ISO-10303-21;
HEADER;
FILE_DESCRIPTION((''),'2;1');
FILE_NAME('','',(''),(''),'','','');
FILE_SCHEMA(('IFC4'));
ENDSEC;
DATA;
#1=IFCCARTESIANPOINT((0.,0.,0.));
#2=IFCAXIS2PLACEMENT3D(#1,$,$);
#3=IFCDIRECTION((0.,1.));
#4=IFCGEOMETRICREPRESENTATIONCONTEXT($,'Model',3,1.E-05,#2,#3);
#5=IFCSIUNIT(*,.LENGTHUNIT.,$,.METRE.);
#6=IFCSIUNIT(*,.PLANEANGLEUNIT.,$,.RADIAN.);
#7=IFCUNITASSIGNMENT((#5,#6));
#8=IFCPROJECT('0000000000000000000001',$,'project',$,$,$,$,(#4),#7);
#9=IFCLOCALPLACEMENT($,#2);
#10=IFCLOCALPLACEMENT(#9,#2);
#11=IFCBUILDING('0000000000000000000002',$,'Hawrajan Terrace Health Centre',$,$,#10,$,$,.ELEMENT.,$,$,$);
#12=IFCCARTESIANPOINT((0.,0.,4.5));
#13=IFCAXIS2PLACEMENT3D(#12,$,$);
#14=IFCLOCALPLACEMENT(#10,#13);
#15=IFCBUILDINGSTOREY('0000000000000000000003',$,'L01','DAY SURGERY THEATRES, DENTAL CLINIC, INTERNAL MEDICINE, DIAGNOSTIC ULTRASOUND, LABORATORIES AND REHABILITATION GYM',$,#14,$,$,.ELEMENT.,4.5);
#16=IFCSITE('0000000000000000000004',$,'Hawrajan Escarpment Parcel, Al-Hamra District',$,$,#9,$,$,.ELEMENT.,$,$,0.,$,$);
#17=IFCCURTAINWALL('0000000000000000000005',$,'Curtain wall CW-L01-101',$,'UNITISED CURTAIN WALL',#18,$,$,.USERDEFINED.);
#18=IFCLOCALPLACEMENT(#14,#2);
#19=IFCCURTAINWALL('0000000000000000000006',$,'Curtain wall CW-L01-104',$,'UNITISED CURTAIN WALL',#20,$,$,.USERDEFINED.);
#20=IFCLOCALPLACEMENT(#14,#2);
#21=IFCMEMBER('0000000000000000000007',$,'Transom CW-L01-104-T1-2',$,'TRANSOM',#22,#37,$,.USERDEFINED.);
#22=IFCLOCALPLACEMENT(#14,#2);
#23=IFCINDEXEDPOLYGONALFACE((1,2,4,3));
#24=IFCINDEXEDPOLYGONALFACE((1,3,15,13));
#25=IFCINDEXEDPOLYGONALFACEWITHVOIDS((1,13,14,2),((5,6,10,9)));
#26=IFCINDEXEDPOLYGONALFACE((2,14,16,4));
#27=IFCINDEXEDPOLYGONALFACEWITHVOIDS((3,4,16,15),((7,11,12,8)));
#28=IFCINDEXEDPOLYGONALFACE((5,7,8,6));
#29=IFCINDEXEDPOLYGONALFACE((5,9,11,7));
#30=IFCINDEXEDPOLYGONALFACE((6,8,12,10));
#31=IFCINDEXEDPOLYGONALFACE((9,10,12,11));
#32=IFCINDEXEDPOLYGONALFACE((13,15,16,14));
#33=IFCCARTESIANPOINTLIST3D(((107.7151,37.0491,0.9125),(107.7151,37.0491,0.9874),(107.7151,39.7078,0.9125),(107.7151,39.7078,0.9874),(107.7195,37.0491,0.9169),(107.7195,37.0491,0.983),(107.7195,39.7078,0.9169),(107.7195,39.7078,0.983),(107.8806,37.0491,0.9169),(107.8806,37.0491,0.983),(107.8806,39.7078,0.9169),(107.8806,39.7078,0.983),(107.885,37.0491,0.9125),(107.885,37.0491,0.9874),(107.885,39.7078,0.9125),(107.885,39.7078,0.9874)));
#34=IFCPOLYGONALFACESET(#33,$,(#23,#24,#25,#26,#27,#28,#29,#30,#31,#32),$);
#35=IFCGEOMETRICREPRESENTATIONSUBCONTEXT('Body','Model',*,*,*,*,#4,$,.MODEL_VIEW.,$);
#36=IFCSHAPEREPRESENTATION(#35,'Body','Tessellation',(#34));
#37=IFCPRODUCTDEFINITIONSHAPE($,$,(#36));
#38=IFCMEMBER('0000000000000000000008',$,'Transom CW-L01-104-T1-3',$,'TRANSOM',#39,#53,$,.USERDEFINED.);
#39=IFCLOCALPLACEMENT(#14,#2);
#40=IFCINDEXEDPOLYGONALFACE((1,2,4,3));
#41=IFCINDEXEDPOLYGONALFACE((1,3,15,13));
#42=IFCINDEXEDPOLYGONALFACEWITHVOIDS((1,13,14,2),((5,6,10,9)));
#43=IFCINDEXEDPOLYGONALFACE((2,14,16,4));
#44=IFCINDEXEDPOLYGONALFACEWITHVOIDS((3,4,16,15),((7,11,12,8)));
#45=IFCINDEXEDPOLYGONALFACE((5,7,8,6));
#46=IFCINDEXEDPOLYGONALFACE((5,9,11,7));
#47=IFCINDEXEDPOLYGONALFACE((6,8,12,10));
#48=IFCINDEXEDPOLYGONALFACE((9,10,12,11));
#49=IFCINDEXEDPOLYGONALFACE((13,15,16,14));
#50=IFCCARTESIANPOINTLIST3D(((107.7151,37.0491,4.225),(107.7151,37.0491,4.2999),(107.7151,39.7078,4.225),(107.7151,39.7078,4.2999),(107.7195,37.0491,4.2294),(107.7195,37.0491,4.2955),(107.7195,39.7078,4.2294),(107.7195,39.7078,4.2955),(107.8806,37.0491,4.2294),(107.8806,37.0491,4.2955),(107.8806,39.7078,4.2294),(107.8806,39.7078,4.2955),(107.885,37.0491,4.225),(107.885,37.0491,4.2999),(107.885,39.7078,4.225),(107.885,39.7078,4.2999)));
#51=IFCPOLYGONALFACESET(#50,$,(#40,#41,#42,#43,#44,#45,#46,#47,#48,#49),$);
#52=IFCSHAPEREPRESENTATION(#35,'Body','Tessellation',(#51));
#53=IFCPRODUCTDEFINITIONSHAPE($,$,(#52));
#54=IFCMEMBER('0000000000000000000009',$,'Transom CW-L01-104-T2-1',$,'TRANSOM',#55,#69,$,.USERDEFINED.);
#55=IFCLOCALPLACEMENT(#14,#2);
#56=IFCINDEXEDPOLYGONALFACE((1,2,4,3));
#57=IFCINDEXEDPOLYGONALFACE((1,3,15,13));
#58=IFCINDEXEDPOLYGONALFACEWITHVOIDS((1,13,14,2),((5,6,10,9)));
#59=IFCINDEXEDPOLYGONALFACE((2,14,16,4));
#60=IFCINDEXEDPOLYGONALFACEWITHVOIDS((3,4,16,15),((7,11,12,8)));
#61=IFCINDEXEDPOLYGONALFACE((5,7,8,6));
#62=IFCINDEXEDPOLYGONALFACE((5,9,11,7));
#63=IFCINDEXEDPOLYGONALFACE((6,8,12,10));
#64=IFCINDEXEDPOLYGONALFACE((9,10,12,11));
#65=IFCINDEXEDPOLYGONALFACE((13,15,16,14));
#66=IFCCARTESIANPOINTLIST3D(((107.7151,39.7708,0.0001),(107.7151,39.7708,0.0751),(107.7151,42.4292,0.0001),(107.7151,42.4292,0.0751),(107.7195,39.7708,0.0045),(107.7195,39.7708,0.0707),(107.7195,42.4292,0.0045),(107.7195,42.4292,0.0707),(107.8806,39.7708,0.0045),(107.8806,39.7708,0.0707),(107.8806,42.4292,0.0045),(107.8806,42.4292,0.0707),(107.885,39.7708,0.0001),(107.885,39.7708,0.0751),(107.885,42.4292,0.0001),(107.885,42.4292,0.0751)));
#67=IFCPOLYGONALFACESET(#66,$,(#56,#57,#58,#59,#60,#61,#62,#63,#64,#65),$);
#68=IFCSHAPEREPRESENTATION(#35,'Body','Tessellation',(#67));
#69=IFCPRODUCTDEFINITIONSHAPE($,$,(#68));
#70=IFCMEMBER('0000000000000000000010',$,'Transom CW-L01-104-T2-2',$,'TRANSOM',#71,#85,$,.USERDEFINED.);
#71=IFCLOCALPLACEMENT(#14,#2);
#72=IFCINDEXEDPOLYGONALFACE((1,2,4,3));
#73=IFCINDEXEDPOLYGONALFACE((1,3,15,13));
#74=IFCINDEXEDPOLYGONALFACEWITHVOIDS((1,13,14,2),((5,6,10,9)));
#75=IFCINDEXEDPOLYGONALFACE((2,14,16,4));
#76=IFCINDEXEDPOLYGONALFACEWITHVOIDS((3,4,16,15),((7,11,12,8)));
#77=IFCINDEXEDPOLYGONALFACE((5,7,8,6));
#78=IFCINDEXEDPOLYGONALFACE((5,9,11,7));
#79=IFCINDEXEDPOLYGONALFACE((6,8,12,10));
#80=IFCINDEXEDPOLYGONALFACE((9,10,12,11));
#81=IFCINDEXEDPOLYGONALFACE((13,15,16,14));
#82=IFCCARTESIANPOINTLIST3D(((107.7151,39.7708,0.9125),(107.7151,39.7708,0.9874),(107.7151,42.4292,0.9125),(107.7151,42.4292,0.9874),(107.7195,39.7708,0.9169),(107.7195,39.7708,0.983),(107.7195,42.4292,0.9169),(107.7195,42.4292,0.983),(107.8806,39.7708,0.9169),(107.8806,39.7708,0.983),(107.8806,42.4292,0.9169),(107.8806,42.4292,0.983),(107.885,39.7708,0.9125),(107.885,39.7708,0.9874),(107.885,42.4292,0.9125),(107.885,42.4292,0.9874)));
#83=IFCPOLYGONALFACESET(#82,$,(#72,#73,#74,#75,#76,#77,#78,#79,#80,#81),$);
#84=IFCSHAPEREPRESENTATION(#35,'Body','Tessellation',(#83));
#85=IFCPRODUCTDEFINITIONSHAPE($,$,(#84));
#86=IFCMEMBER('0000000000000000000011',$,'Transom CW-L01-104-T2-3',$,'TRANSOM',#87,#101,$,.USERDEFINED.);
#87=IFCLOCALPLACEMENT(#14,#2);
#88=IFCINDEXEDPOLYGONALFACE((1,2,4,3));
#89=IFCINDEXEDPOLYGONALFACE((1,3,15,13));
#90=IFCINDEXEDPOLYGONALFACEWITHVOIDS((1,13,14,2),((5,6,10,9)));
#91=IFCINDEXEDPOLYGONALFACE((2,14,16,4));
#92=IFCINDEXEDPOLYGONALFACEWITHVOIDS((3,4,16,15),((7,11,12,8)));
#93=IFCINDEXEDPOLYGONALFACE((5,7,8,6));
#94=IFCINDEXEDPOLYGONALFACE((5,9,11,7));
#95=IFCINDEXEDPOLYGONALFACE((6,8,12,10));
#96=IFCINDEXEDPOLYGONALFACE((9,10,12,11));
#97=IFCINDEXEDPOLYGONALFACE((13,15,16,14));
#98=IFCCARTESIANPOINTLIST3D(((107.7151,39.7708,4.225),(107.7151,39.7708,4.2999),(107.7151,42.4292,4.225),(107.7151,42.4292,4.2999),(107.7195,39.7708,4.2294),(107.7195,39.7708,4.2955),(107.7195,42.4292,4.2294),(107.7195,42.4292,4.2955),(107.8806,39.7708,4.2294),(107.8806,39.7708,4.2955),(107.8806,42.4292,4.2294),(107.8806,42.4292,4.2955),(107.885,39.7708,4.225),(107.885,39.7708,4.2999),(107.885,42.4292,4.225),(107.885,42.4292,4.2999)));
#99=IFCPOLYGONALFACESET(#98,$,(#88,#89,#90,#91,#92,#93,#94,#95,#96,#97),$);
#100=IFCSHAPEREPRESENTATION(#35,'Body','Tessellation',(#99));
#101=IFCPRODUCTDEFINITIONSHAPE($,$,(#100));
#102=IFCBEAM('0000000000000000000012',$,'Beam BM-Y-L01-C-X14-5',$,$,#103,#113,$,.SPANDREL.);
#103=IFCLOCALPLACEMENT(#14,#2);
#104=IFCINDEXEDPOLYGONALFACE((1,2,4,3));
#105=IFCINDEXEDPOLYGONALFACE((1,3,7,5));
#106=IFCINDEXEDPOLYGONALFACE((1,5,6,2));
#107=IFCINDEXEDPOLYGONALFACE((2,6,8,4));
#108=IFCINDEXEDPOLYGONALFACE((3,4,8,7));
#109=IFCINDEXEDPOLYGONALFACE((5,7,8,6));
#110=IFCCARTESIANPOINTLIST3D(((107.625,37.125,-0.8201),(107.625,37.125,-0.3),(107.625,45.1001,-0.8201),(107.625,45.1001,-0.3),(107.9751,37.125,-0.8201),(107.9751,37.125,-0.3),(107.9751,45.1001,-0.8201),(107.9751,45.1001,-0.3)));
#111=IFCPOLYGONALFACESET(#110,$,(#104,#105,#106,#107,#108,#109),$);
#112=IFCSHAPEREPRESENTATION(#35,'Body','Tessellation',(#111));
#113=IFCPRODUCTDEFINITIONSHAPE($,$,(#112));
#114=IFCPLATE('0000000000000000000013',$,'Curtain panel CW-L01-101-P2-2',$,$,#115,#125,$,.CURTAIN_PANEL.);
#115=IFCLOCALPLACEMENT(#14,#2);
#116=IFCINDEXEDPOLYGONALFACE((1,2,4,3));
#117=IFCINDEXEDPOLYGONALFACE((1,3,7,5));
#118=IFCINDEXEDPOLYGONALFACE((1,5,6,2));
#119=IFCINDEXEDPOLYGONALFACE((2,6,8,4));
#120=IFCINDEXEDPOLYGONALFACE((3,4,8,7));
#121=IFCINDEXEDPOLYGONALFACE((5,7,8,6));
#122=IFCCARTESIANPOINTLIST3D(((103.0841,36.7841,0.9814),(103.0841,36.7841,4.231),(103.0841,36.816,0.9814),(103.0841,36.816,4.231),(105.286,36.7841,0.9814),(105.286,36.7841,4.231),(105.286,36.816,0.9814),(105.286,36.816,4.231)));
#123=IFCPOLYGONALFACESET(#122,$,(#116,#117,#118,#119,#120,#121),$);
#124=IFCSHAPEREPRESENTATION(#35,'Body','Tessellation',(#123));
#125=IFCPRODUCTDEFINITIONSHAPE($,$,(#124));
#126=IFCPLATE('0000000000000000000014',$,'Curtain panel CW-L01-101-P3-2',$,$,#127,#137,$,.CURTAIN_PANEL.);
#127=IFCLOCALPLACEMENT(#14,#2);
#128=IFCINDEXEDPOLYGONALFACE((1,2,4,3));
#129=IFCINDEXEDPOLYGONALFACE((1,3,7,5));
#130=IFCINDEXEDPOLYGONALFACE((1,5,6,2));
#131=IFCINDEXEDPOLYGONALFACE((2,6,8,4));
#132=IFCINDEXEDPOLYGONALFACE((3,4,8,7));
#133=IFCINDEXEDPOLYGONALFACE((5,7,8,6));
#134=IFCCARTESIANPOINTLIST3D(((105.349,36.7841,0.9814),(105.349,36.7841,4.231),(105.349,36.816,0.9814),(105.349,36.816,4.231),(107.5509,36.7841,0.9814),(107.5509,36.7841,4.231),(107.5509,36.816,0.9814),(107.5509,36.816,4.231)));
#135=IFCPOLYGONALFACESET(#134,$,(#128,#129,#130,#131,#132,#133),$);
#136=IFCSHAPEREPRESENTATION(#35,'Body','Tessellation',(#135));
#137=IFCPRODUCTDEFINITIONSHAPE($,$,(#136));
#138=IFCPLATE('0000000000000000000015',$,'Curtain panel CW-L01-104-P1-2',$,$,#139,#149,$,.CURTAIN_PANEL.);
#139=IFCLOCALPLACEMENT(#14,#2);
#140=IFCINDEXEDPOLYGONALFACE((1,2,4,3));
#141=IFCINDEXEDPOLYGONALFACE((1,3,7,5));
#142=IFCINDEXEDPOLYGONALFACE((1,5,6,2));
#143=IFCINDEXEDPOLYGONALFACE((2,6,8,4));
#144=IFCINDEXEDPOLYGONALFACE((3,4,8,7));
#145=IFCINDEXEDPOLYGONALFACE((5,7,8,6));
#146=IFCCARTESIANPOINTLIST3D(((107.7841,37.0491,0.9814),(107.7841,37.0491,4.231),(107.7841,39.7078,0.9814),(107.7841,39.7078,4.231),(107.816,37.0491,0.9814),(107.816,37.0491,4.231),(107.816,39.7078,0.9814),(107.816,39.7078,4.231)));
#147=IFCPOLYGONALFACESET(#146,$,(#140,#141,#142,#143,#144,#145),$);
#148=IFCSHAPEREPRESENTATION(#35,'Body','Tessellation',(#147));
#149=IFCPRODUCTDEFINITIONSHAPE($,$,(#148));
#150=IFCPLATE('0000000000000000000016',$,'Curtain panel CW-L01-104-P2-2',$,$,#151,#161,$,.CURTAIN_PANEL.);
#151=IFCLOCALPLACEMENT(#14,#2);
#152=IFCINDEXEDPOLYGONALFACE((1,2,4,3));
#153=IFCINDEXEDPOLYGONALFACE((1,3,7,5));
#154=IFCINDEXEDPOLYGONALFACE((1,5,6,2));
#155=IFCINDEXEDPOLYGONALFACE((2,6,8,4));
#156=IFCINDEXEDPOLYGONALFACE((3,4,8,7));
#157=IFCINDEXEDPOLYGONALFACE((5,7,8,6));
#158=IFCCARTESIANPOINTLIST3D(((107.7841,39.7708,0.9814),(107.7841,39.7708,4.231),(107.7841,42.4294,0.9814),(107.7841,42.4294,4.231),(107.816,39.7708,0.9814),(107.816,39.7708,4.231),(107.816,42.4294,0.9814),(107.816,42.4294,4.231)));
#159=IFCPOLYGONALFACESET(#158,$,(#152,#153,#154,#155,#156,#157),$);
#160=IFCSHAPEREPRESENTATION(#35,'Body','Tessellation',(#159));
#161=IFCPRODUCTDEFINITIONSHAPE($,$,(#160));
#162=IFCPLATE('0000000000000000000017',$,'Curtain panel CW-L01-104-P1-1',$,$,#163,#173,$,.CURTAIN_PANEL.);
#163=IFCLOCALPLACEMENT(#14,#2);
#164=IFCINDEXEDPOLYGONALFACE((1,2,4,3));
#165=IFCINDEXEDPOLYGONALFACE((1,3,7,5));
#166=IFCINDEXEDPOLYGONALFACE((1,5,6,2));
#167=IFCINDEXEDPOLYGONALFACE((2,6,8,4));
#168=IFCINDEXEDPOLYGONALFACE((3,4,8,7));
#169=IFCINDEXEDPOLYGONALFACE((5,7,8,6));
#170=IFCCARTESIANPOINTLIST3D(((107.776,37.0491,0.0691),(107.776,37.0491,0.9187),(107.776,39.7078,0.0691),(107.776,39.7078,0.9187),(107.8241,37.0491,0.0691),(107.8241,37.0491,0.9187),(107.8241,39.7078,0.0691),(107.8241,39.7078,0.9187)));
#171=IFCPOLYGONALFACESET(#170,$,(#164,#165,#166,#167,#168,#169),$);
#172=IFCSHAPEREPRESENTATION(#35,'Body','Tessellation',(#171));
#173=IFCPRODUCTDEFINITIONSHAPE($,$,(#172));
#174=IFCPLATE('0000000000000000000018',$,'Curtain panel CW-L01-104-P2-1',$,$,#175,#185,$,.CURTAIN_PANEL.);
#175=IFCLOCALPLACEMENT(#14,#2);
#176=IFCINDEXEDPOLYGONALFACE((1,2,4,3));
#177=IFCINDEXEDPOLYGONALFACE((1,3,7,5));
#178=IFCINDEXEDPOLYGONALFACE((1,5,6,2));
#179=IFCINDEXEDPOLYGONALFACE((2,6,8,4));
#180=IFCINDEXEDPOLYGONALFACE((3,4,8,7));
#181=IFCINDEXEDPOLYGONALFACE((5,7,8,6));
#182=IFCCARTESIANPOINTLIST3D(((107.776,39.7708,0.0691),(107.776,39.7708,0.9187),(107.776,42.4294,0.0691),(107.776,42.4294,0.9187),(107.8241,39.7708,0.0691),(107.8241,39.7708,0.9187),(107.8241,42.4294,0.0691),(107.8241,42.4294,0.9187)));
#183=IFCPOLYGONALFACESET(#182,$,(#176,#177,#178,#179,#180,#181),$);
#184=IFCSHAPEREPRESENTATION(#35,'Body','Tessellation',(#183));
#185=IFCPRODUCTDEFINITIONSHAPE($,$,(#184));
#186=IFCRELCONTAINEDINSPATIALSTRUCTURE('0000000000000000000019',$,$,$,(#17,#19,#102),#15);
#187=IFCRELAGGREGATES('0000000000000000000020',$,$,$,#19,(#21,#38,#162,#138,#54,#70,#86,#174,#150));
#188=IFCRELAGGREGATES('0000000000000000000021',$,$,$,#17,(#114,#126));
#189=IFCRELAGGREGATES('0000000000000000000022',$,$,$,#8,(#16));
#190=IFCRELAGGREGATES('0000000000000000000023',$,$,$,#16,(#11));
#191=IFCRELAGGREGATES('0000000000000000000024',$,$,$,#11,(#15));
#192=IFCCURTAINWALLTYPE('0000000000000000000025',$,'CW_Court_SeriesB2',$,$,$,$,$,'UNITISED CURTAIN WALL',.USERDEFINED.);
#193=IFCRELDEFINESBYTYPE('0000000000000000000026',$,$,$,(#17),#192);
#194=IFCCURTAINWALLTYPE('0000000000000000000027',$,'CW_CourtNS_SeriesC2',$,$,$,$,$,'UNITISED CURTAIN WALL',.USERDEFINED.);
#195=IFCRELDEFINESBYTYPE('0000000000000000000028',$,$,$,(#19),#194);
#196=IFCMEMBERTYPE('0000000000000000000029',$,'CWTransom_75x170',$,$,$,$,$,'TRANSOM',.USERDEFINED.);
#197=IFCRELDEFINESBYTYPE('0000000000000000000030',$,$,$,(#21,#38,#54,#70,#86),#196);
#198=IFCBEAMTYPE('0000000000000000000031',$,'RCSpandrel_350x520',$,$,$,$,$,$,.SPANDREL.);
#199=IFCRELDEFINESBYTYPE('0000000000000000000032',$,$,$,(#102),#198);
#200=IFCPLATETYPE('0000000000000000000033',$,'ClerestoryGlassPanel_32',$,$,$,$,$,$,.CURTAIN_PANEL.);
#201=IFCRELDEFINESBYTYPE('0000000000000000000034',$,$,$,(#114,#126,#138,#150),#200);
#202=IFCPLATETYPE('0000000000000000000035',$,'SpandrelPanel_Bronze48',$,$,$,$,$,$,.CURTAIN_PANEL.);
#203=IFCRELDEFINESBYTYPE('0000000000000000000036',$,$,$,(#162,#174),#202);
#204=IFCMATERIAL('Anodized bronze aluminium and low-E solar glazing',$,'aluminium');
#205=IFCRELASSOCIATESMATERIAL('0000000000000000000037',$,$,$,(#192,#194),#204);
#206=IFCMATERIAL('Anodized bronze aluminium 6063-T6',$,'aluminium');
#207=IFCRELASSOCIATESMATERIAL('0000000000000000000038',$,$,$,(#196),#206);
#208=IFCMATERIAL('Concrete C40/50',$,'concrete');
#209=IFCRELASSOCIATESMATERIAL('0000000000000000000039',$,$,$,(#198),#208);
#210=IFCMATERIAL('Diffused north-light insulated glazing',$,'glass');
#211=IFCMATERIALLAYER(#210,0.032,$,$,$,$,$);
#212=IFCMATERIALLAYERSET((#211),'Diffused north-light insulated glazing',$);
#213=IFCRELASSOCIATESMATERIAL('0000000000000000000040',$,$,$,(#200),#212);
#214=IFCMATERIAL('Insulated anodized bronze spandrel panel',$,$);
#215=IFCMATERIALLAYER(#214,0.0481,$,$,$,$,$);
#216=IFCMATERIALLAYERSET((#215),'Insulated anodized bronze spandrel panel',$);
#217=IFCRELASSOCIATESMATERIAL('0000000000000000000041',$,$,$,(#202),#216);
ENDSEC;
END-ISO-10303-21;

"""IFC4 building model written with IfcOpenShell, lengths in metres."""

from ifc_helpers import new_model, si_unit, direction, frame, origin, origin_2d, place, context, subcontext, project, spatial, rectangle, hollow_rectangle, extrude, material, layer, layer_set, material_profile, profile_set, type_object, element, aggregate, save


model = new_model("IFC4")

# Units and contexts
model_context = context("Model", 3, precision=1e-05, world=origin(), true_north=direction((0.0, 1.0)))
body_context = subcontext(model_context, "Body", "Model", "MODEL_VIEW")
ifc_project = project(units=[si_unit("LENGTHUNIT", "METRE"), si_unit("PLANEANGLEUNIT", "RADIAN")], contexts=[model_context])

# Site, building, storey
site_placement = place(None, origin())
site = spatial("IfcSite", under=ifc_project, at=site_placement, Name="Hawrajan Escarpment Parcel, Al-Hamra District", CompositionType="ELEMENT", RefElevation=0.0)
building_placement = place(site_placement, origin())
building = spatial("IfcBuilding", under=site, at=building_placement, Name="Hawrajan Terrace Health Centre", CompositionType="ELEMENT")
storey_placement = place(building_placement, frame((0.0, 0.0, 4.5)))
storey = spatial("IfcBuildingStorey", under=building, at=storey_placement, Name="L01", Description="DAY SURGERY THEATRES, DENTAL CLINIC, INTERNAL MEDICINE, DIAGNOSTIC ULTRASOUND, LABORATORIES AND REHABILITATION GYM", CompositionType="ELEMENT", Elevation=4.5)

# Curtain walls
ifc_material_1 = material(Name="Anodized bronze aluminium and low-E solar glazing", Category="aluminium")
curtain_wall_type_1 = type_object("IfcCurtainWallType", Name="CW_Court_SeriesB2", ElementType="UNITISED CURTAIN WALL", PredefinedType="USERDEFINED", material=ifc_material_1)
curtain_wall_1_placement = place(storey_placement, origin())
curtain_wall_1 = element("IfcCurtainWall", 1, at=curtain_wall_1_placement, inside=storey, type_object=curtain_wall_type_1, Name="Curtain wall CW-L01-101", ObjectType="UNITISED CURTAIN WALL", PredefinedType="USERDEFINED")
ifc_material_2 = material(Name="Anodized bronze aluminium 6063-T6", Category="aluminium")
curtain_wall_type_2 = type_object("IfcCurtainWallType", Name="CW_CourtNS_SeriesC2", ElementType="UNITISED CURTAIN WALL", PredefinedType="USERDEFINED", material=ifc_material_1)
curtain_wall_2_placement = place(storey_placement, origin())
curtain_wall_2 = element("IfcCurtainWall", 2, at=curtain_wall_2_placement, inside=storey, type_object=curtain_wall_type_2, Name="Curtain wall CW-L01-104", ObjectType="UNITISED CURTAIN WALL", PredefinedType="USERDEFINED")

# Members
ifc_material_profile_1 = material_profile(ifc_material_2, hollow_rectangle(XDim=0.075, YDim=0.1699, WallThickness=0.0044, at=origin_2d()), Name="CW TRN 75x170")
ifc_profile_set_1 = profile_set([ifc_material_profile_1], Name="Anodized bronze aluminium 6063-T6")
member_type_1 = type_object("IfcMemberType", Name="CWTransom_75x170", ElementType="TRANSOM", PredefinedType="USERDEFINED", material=ifc_profile_set_1)
member_1_placement = place(storey_placement, frame((107.8, 37.0491, 0.95), z_axis=(0.0, 1.0, 0.0), x_axis=(0.0, 0.0, 1.0)))
member_1 = element("IfcMember", 3, at=member_1_placement, type_object=member_type_1, Name="Transom CW-L01-104-T1-2", ObjectType="TRANSOM", PredefinedType="USERDEFINED", context=body_context, shape_type="SweptSolid", body=[
    extrude(hollow_rectangle(XDim=0.075, YDim=0.1699, WallThickness=0.0044, at=origin_2d()), origin(), (0.0, 0.0, 1.0), 2.6587),
])
member_2_placement = place(storey_placement, frame((107.8, 37.0491, 4.2625), z_axis=(0.0, 1.0, 0.0), x_axis=(0.0, 0.0, 1.0)))
member_2 = element("IfcMember", 4, at=member_2_placement, type_object=member_type_1, Name="Transom CW-L01-104-T1-3", ObjectType="TRANSOM", PredefinedType="USERDEFINED", context=body_context, shape_type="SweptSolid", body=[
    extrude(hollow_rectangle(XDim=0.075, YDim=0.1699, WallThickness=0.0044, at=origin_2d()), origin(), (0.0, 0.0, 1.0), 2.6587),
])
member_3_placement = place(storey_placement, frame((107.8, 39.7708, 0.0376), z_axis=(0.0, 1.0, 0.0), x_axis=(0.0, 0.0, 1.0)))
member_3 = element("IfcMember", 5, at=member_3_placement, type_object=member_type_1, Name="Transom CW-L01-104-T2-1", ObjectType="TRANSOM", PredefinedType="USERDEFINED", context=body_context, shape_type="SweptSolid", body=[
    extrude(hollow_rectangle(XDim=0.075, YDim=0.1699, WallThickness=0.0044, at=origin_2d()), origin(), (0.0, 0.0, 1.0), 2.6584),
])
member_4_placement = place(storey_placement, frame((107.8, 39.7708, 0.95), z_axis=(0.0, 1.0, 0.0), x_axis=(0.0, 0.0, 1.0)))
member_4 = element("IfcMember", 6, at=member_4_placement, type_object=member_type_1, Name="Transom CW-L01-104-T2-2", ObjectType="TRANSOM", PredefinedType="USERDEFINED", context=body_context, shape_type="SweptSolid", body=[
    extrude(hollow_rectangle(XDim=0.075, YDim=0.1699, WallThickness=0.0044, at=origin_2d()), origin(), (0.0, 0.0, 1.0), 2.6584),
])
member_5_placement = place(storey_placement, frame((107.8, 39.7708, 4.2625), z_axis=(0.0, 1.0, 0.0), x_axis=(0.0, 0.0, 1.0)))
member_5 = element("IfcMember", 7, at=member_5_placement, type_object=member_type_1, Name="Transom CW-L01-104-T2-3", ObjectType="TRANSOM", PredefinedType="USERDEFINED", context=body_context, shape_type="SweptSolid", body=[
    extrude(hollow_rectangle(XDim=0.075, YDim=0.1699, WallThickness=0.0044, at=origin_2d()), origin(), (0.0, 0.0, 1.0), 2.6584),
])

# Beam
ifc_material_3 = material(Name="Concrete C40/50", Category="concrete")
ifc_material_profile_2 = material_profile(ifc_material_3, rectangle(XDim=0.3501, YDim=0.52, at=origin_2d()), Name="RC SP 350x520")
ifc_profile_set_2 = profile_set([ifc_material_profile_2], Name="Concrete C40/50")
beam_type = type_object("IfcBeamType", Name="RCSpandrel_350x520", PredefinedType="SPANDREL", material=ifc_profile_set_2)
beam_placement = place(storey_placement, frame((107.8, 37.125, -0.5601), z_axis=(0.0, 1.0, 0.0), x_axis=(-1.0, 0.0, 0.0)))
element("IfcBeam", 8, at=beam_placement, inside=storey, type_object=beam_type, Name="Beam BM-Y-L01-C-X14-5", PredefinedType="SPANDREL", context=body_context, shape_type="SweptSolid", body=[
    extrude(rectangle(XDim=0.3501, YDim=0.52, at=origin_2d()), origin(), (0.0, 0.0, 1.0), 7.9751),
])

# Plates
ifc_material_4 = material(Name="Diffused north-light insulated glazing", Category="glass")
ifc_layer_1 = layer(ifc_material_4, 0.032)
ifc_layer_set_1 = layer_set([ifc_layer_1], Name="Diffused north-light insulated glazing")
plate_type_1 = type_object("IfcPlateType", Name="ClerestoryGlassPanel_32", PredefinedType="CURTAIN_PANEL", material=ifc_layer_set_1)
plate_1_placement = place(storey_placement, frame((104.1851, 36.8, 0.9814), z_axis=(0.0, 0.0, 1.0), x_axis=(1.0, 0.0, 0.0)))
plate_1 = element("IfcPlate", 9, at=plate_1_placement, type_object=plate_type_1, Name="Curtain panel CW-L01-101-P2-2", PredefinedType="CURTAIN_PANEL", context=body_context, shape_type="SweptSolid", body=[
    extrude(rectangle(XDim=2.2019, YDim=0.032, at=origin_2d()), origin(), (0.0, 0.0, 1.0), 3.2495),
])
plate_2_placement = place(storey_placement, frame((106.45, 36.8, 0.9814), z_axis=(0.0, 0.0, 1.0), x_axis=(1.0, 0.0, 0.0)))
plate_2 = element("IfcPlate", 10, at=plate_2_placement, type_object=plate_type_1, Name="Curtain panel CW-L01-101-P3-2", PredefinedType="CURTAIN_PANEL", context=body_context, shape_type="SweptSolid", body=[
    extrude(rectangle(XDim=2.2019, YDim=0.032, at=origin_2d()), origin(), (0.0, 0.0, 1.0), 3.2495),
])
plate_3_placement = place(storey_placement, frame((107.8, 38.3784, 0.9814), z_axis=(0.0, 0.0, 1.0), x_axis=(0.0, 1.0, 0.0)))
plate_3 = element("IfcPlate", 11, at=plate_3_placement, type_object=plate_type_1, Name="Curtain panel CW-L01-104-P1-2", PredefinedType="CURTAIN_PANEL", context=body_context, shape_type="SweptSolid", body=[
    extrude(rectangle(XDim=2.6587, YDim=0.032, at=origin_2d()), origin(), (0.0, 0.0, 1.0), 3.2495),
])
plate_4_placement = place(storey_placement, frame((107.8, 41.1001, 0.9814), z_axis=(0.0, 0.0, 1.0), x_axis=(0.0, 1.0, 0.0)))
plate_4 = element("IfcPlate", 12, at=plate_4_placement, type_object=plate_type_1, Name="Curtain panel CW-L01-104-P2-2", PredefinedType="CURTAIN_PANEL", context=body_context, shape_type="SweptSolid", body=[
    extrude(rectangle(XDim=2.6587, YDim=0.032, at=origin_2d()), origin(), (0.0, 0.0, 1.0), 3.2495),
])
ifc_material_5 = material(Name="Insulated anodized bronze spandrel panel")
ifc_layer_2 = layer(ifc_material_5, 0.0481)
ifc_layer_set_2 = layer_set([ifc_layer_2], Name="Insulated anodized bronze spandrel panel")
plate_type_2 = type_object("IfcPlateType", Name="SpandrelPanel_Bronze48", PredefinedType="CURTAIN_PANEL", material=ifc_layer_set_2)
plate_5_placement = place(storey_placement, frame((107.8, 38.3784, 0.0691), z_axis=(0.0, 0.0, 1.0), x_axis=(0.0, 1.0, 0.0)))
plate_5 = element("IfcPlate", 13, at=plate_5_placement, type_object=plate_type_2, Name="Curtain panel CW-L01-104-P1-1", PredefinedType="CURTAIN_PANEL", context=body_context, shape_type="SweptSolid", body=[
    extrude(rectangle(XDim=2.6587, YDim=0.0481, at=origin_2d()), origin(), (0.0, 0.0, 1.0), 0.8496),
])
plate_6_placement = place(storey_placement, frame((107.8, 41.1001, 0.0691), z_axis=(0.0, 0.0, 1.0), x_axis=(0.0, 1.0, 0.0)))
plate_6 = element("IfcPlate", 14, at=plate_6_placement, type_object=plate_type_2, Name="Curtain panel CW-L01-104-P2-1", PredefinedType="CURTAIN_PANEL", context=body_context, shape_type="SweptSolid", body=[
    extrude(rectangle(XDim=2.6587, YDim=0.0481, at=origin_2d()), origin(), (0.0, 0.0, 1.0), 0.8496),
])
aggregate(curtain_wall_2, [member_1, member_2, plate_5, plate_3, member_3, member_4, member_5, plate_6, plate_4])
aggregate(curtain_wall_1, [plate_1, plate_2])

save(model, "model.ifc")
